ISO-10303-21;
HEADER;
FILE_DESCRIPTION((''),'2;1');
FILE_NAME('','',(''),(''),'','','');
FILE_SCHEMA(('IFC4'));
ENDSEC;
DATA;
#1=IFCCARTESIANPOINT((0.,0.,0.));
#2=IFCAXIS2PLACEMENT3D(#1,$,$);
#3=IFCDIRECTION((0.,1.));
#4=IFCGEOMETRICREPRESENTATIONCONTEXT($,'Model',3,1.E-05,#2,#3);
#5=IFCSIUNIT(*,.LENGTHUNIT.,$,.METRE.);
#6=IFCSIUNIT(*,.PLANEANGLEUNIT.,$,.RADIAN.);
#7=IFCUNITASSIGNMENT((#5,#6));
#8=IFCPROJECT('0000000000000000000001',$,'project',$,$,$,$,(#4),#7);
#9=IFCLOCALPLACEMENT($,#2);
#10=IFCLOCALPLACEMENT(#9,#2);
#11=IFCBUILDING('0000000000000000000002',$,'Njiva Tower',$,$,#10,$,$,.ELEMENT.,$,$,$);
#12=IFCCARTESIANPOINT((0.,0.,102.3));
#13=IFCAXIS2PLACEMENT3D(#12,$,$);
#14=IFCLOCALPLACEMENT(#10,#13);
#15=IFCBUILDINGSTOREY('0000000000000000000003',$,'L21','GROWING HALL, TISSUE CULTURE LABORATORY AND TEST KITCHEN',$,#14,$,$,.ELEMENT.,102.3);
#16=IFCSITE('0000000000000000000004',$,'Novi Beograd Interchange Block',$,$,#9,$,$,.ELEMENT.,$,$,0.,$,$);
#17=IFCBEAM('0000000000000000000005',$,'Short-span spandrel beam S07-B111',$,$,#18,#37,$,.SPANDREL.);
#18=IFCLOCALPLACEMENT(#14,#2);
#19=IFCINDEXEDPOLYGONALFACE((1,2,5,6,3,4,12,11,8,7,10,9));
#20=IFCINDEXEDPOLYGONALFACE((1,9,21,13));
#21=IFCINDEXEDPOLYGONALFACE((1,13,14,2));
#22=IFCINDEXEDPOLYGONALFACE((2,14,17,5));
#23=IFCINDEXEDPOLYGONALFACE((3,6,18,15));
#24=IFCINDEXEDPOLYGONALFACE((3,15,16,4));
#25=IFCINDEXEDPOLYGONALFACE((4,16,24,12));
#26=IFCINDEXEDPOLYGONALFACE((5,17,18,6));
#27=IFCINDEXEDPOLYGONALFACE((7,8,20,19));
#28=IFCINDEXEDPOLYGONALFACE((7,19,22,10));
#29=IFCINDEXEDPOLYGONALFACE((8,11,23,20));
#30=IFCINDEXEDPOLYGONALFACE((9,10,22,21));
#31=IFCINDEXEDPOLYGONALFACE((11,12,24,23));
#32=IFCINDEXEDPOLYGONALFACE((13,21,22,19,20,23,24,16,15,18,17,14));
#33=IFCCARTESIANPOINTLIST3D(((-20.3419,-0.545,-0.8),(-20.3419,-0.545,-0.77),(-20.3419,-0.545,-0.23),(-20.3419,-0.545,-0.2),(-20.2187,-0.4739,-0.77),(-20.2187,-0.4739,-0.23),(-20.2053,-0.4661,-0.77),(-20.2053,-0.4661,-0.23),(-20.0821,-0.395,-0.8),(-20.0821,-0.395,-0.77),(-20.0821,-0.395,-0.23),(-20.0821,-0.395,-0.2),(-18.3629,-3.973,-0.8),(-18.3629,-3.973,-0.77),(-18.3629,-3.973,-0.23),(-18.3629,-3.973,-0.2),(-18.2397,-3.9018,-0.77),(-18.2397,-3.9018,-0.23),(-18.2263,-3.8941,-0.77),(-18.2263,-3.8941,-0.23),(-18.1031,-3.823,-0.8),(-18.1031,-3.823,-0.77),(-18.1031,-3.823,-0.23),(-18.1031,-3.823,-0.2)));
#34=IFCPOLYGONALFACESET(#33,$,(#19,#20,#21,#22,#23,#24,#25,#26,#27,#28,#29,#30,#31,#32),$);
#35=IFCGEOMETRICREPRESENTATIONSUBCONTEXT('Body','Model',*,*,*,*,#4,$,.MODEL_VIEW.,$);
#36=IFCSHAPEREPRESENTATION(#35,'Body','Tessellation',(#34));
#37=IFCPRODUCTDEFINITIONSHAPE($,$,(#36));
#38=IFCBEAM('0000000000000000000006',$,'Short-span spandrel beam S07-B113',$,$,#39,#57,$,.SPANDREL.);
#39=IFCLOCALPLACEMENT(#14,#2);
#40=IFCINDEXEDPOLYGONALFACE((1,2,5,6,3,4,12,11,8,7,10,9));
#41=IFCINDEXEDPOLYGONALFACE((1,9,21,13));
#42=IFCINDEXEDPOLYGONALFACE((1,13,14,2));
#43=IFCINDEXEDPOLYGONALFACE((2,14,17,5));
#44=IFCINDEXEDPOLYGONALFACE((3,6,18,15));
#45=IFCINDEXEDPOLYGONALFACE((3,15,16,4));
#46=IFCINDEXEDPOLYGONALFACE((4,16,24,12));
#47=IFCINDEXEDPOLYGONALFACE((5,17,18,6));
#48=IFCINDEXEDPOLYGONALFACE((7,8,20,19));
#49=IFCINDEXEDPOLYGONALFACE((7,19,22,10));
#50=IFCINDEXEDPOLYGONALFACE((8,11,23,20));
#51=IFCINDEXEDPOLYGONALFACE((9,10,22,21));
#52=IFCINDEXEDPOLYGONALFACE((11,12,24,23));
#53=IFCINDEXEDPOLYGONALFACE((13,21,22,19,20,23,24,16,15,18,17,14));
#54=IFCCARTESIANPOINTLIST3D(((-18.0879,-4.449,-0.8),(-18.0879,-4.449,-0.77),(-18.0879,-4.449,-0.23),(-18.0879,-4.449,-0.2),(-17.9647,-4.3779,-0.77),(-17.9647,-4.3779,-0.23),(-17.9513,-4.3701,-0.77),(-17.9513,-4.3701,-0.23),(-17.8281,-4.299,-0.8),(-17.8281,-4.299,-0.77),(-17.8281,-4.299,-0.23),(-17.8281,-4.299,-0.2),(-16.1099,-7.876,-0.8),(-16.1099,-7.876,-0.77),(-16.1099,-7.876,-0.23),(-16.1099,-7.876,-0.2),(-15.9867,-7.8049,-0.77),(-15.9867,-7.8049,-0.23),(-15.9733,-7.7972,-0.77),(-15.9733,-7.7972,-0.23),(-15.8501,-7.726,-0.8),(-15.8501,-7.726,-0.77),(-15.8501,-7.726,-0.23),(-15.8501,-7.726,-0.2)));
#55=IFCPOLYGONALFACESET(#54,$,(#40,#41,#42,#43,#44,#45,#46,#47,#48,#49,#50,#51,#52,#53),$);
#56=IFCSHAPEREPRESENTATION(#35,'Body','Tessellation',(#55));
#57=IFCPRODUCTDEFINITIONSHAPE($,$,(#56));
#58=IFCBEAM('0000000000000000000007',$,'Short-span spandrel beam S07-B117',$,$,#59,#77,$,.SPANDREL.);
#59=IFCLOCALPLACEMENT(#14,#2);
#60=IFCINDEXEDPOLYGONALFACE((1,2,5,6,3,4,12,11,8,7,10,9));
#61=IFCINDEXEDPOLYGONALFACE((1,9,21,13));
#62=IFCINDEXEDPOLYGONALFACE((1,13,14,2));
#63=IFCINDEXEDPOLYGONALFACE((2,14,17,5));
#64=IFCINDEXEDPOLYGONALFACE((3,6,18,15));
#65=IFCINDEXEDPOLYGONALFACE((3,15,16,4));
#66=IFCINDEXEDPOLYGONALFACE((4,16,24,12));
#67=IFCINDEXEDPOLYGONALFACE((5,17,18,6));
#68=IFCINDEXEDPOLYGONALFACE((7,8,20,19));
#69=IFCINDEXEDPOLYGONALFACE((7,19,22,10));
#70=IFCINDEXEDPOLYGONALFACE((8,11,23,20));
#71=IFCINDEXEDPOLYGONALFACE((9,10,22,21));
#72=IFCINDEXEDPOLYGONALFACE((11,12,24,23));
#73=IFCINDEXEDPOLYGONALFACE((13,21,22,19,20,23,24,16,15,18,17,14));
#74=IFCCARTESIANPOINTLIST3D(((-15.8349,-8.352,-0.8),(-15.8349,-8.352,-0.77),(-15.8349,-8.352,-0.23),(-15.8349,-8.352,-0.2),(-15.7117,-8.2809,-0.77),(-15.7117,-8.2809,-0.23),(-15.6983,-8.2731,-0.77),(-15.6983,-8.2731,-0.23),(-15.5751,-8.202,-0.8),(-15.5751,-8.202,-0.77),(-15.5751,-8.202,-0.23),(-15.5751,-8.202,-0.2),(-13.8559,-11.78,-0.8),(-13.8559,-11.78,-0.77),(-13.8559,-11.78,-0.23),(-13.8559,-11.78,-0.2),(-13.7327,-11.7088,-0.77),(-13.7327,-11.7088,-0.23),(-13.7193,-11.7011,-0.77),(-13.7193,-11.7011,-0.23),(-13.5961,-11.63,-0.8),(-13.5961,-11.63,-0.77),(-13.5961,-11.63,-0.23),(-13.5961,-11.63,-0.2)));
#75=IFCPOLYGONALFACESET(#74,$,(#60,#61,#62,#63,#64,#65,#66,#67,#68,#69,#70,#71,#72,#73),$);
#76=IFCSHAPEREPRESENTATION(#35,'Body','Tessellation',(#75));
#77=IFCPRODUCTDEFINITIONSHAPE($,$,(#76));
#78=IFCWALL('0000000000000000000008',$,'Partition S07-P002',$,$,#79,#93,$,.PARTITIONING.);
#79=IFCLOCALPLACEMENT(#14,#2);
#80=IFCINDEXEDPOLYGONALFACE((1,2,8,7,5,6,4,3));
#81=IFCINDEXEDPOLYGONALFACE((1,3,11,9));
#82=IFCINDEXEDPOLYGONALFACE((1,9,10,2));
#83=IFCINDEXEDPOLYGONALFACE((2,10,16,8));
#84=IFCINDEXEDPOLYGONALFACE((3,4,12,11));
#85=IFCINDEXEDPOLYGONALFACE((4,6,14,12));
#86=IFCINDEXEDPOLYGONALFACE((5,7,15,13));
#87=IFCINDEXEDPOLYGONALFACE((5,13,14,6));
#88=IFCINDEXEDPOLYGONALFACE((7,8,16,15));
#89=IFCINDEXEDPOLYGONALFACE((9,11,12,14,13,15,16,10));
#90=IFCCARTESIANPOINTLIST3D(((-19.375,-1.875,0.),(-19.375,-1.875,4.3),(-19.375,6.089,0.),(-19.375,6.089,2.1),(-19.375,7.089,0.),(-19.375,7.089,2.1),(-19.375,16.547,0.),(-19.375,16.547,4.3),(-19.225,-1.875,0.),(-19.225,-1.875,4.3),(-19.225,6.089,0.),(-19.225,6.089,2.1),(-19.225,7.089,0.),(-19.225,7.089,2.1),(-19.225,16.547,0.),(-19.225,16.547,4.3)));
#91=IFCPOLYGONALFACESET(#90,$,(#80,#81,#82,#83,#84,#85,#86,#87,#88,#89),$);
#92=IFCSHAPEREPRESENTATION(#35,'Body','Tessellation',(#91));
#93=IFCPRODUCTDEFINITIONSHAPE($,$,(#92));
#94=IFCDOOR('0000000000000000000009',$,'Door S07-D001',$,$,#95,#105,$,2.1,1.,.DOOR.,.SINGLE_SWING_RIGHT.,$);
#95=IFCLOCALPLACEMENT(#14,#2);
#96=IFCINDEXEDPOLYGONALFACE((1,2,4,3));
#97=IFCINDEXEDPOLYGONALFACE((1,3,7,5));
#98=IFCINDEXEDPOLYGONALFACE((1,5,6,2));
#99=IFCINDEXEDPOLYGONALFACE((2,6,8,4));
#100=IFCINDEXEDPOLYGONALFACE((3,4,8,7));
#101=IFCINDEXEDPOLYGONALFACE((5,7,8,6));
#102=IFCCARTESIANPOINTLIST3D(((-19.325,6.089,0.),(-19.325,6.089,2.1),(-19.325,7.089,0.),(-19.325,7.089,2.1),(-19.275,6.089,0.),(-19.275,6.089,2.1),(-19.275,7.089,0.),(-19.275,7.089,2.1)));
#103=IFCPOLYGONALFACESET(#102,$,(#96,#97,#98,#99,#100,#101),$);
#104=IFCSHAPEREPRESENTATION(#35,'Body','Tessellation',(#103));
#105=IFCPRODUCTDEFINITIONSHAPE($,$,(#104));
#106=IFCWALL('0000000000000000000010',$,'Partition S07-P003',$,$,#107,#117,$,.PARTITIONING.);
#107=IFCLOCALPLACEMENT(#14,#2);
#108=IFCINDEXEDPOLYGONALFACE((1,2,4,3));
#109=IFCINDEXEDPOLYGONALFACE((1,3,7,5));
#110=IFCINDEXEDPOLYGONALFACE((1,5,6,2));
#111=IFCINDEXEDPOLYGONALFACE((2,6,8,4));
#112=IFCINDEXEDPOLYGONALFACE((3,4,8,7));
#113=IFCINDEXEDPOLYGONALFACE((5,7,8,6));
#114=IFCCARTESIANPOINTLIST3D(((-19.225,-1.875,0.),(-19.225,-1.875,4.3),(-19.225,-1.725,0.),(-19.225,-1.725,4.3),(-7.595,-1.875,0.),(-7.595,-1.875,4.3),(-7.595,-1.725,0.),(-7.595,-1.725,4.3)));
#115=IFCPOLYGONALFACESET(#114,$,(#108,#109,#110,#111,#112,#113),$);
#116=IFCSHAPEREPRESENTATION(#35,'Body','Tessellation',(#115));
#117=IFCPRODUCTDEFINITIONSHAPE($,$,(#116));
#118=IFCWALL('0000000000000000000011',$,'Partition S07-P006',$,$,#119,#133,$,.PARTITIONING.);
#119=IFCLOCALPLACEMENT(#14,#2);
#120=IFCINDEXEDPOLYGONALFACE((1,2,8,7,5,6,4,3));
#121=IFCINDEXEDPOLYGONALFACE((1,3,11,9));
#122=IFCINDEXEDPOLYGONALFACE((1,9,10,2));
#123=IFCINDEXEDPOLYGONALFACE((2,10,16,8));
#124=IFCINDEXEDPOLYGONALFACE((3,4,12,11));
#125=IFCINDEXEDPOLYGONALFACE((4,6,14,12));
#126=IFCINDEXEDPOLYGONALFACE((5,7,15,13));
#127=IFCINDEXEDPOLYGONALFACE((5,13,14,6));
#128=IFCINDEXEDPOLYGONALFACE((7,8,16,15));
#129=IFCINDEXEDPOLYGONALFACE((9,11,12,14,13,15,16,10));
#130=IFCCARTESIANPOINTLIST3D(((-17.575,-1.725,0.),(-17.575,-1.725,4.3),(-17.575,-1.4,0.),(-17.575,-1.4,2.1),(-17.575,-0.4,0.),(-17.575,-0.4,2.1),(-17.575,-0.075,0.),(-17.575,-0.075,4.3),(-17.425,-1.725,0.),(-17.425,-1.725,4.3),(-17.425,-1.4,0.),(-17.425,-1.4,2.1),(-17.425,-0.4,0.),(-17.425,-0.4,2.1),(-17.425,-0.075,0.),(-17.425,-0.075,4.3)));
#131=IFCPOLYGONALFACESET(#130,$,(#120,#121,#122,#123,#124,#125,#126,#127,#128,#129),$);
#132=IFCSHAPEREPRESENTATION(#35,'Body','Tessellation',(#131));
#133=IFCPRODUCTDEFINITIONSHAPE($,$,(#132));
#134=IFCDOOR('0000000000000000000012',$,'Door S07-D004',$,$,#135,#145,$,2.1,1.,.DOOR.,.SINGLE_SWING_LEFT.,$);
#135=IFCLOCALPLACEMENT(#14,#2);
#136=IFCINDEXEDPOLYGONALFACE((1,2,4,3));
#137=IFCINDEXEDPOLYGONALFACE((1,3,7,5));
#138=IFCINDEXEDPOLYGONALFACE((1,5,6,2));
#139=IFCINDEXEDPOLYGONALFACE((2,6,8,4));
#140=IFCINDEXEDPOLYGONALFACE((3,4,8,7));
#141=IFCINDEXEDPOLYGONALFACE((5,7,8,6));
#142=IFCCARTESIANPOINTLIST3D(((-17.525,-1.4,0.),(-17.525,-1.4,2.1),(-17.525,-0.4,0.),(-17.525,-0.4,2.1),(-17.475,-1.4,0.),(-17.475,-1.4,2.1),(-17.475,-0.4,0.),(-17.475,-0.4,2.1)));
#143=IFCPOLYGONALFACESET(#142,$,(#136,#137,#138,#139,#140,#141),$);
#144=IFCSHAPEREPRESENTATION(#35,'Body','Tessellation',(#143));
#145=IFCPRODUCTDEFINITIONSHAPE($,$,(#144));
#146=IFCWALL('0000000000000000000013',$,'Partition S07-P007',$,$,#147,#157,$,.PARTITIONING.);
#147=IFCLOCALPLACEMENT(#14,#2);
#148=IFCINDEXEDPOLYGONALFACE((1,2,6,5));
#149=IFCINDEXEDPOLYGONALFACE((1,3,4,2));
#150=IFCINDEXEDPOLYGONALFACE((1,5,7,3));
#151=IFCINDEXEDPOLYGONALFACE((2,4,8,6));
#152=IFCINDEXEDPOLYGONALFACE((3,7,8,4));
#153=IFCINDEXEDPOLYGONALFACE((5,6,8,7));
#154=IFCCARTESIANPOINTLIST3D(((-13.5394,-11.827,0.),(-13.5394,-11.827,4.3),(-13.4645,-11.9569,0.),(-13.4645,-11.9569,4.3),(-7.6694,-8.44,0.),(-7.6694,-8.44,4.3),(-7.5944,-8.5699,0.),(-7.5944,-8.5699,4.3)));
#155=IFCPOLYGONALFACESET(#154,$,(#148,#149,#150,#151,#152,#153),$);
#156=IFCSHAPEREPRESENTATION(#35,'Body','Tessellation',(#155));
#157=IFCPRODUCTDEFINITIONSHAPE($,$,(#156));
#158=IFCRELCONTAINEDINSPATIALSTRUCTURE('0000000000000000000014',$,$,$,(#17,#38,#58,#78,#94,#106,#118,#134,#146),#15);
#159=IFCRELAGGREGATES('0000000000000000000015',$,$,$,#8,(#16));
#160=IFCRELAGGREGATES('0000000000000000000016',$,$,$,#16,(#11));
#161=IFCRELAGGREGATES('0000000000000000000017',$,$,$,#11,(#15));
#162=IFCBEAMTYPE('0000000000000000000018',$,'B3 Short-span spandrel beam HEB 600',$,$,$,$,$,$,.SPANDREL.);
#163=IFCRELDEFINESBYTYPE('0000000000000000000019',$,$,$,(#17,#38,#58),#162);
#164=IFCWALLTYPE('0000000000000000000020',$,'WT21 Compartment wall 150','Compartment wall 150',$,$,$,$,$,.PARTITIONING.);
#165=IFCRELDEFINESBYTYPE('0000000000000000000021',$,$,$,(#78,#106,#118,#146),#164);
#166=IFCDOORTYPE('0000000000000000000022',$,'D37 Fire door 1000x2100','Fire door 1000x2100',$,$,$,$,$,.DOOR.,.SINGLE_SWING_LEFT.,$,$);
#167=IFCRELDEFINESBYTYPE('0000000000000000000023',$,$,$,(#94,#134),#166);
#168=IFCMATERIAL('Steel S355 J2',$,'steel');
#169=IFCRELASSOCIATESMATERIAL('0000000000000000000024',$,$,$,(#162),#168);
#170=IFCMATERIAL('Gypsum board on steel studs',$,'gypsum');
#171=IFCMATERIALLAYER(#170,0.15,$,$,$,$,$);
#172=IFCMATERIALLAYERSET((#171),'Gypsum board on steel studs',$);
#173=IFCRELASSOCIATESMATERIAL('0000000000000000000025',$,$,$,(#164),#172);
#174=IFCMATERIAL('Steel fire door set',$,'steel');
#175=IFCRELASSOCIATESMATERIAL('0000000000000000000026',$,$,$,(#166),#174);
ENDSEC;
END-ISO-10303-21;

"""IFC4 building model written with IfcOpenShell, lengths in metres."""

from ifc_helpers import new_model, si_unit, direction, frame, frame_2d, origin, origin_2d, place, context, subcontext, project, spatial, rectangle, i_section, extrude, material, layer, layer_set, material_profile, profile_set, type_object, element, fill, save


model = new_model("IFC4")

# Units and contexts
model_context = context("Model", 3, precision=1e-05, world=origin(), true_north=direction((0.0, 1.0)))
body_context = subcontext(model_context, "Body", "Model", "MODEL_VIEW")
ifc_project = project(units=[si_unit("LENGTHUNIT", "METRE"), si_unit("PLANEANGLEUNIT", "RADIAN")], contexts=[model_context])

# Site, building, storey
site_placement = place(None, origin())
site = spatial("IfcSite", under=ifc_project, at=site_placement, Name="Novi Beograd Interchange Block", CompositionType="ELEMENT", RefElevation=0.0)
building_placement = place(site_placement, origin())
building = spatial("IfcBuilding", under=site, at=building_placement, Name="Njiva Tower", CompositionType="ELEMENT")
storey_placement = place(building_placement, frame((0.0, 0.0, 102.3)))
storey = spatial("IfcBuildingStorey", under=building, at=storey_placement, Name="L21", Description="GROWING HALL, TISSUE CULTURE LABORATORY AND TEST KITCHEN", CompositionType="ELEMENT", Elevation=102.3)

# Shared definitions
ifc_material_1 = material(Name="Steel S355 J2", Category="steel")

# Beams
ifc_material_profile_1 = material_profile(ifc_material_1, i_section(OverallWidth=0.3, OverallDepth=0.6, WebThickness=0.0155, FlangeThickness=0.03, at=origin_2d()), Name="HEB 600")
ifc_profile_set_1 = profile_set([ifc_material_profile_1], Name="Steel S355 J2")
beam_type_1 = type_object("IfcBeamType", Name="B3 Short-span spandrel beam HEB 600", PredefinedType="SPANDREL", material=ifc_profile_set_1)
beam_1_placement = place(storey_placement, frame((-20.212, -0.47, -0.5), z_axis=(0.49997, -0.866043, 0.0), x_axis=(0.866043, 0.49997, 0.0)))
element("IfcBeam", 1, at=beam_1_placement, inside=storey, type_object=beam_type_1, Name="Short-span spandrel beam S07-B111", PredefinedType="SPANDREL", context=body_context, shape_type="SweptSolid", body=[
    extrude(i_section(OverallWidth=0.3, OverallDepth=0.6, WebThickness=0.0155, FlangeThickness=0.03, at=origin_2d()), origin(), (0.0, 0.0, 1.0), 3.9582),
])
beam_2_placement = place(storey_placement, frame((-17.958, -4.374, -0.5), z_axis=(0.49989, -0.866089, 0.0), x_axis=(0.866089, 0.49989, 0.0)))
element("IfcBeam", 2, at=beam_2_placement, inside=storey, type_object=beam_type_1, Name="Short-span spandrel beam S07-B113", PredefinedType="SPANDREL", context=body_context, shape_type="SweptSolid", body=[
    extrude(i_section(OverallWidth=0.3, OverallDepth=0.6, WebThickness=0.0155, FlangeThickness=0.03, at=origin_2d()), origin(), (0.0, 0.0, 1.0), 3.9569),
])
beam_3_placement = place(storey_placement, frame((-15.705, -8.277, -0.5), z_axis=(0.49997, -0.866043, 0.0), x_axis=(0.866043, 0.49997, 0.0)))
element("IfcBeam", 3, at=beam_3_placement, inside=storey, type_object=beam_type_1, Name="Short-span spandrel beam S07-B117", PredefinedType="SPANDREL", context=body_context, shape_type="SweptSolid", body=[
    extrude(i_section(OverallWidth=0.3, OverallDepth=0.6, WebThickness=0.0155, FlangeThickness=0.03, at=origin_2d()), origin(), (0.0, 0.0, 1.0), 3.9582),
])

# Wall, opening, door
ifc_material_2 = material(Name="Gypsum board on steel studs", Category="gypsum")
ifc_layer = layer(ifc_material_2, 0.15)
ifc_layer_set = layer_set([ifc_layer], Name="Gypsum board on steel studs")
wall_type = type_object("IfcWallType", Name="WT21 Compartment wall 150", Description="Compartment wall 150", PredefinedType="PARTITIONING", material=ifc_layer_set)
wall_1_placement = place(storey_placement, frame((-19.3, -1.875, 0.0), z_axis=(0.0, 0.0, 1.0), x_axis=(0.0, 1.0, 0.0)))
wall_1 = element("IfcWall", 4, at=wall_1_placement, inside=storey, type_object=wall_type, Name="Partition S07-P002", PredefinedType="PARTITIONING", context=body_context, shape_type="SweptSolid", body=[
    extrude(rectangle(XDim=18.422, YDim=0.15, at=frame_2d((9.211, 0.0))), origin(), (0.0, 0.0, 1.0), 4.3),
])
opening_1_placement = place(wall_1_placement, frame((7.964, 0.0, 0.0)))
opening_1 = element("IfcOpeningElement", 5, at=opening_1_placement, cuts=wall_1, PredefinedType="OPENING", context=body_context, shape_type="SweptSolid", body=[
    extrude(rectangle(XDim=1.0, YDim=2.1, at=frame_2d((0.5, 1.05))), frame((0.0, 0.085, 0.0), z_axis=(0.0, -1.0, 0.0), x_axis=(1.0, 0.0, 0.0)), (0.0, 0.0, 1.0), 0.17),
])
ifc_material_3 = material(Name="Steel fire door set", Category="steel")
door_type = type_object("IfcDoorType", Name="D37 Fire door 1000x2100", Description="Fire door 1000x2100", OperationType="SINGLE_SWING_LEFT", PredefinedType="DOOR", material=ifc_material_3)
door_1_placement = place(opening_1_placement, origin())
door_1 = element("IfcDoor", 6, at=door_1_placement, inside=storey, type_object=door_type, Name="Door S07-D001", OperationType="SINGLE_SWING_RIGHT", OverallHeight=2.1, OverallWidth=1.0, PredefinedType="DOOR", context=body_context, shape_type="SweptSolid", body=[
    extrude(rectangle(XDim=1.0, YDim=2.1, at=frame_2d((0.5, 1.05))), frame((0.0, 0.025, 0.0), z_axis=(0.0, -1.0, 0.0), x_axis=(1.0, 0.0, 0.0)), (0.0, 0.0, 1.0), 0.05),
])
fill(opening_1, door_1)

# Wall
wall_2_placement = place(storey_placement, frame((-19.225, -1.8, 0.0), z_axis=(0.0, 0.0, 1.0), x_axis=(1.0, 0.0, 0.0)))
element("IfcWall", 7, at=wall_2_placement, inside=storey, type_object=wall_type, Name="Partition S07-P003", PredefinedType="PARTITIONING", context=body_context, shape_type="SweptSolid", body=[
    extrude(rectangle(XDim=11.63, YDim=0.15, at=frame_2d((5.815, 0.0))), origin(), (0.0, 0.0, 1.0), 4.3),
])

# Wall, opening, door
wall_3_placement = place(storey_placement, frame((-17.5, -1.725, 0.0), z_axis=(0.0, 0.0, 1.0), x_axis=(0.0, 1.0, 0.0)))
wall_3 = element("IfcWall", 8, at=wall_3_placement, inside=storey, type_object=wall_type, Name="Partition S07-P006", PredefinedType="PARTITIONING", context=body_context, shape_type="SweptSolid", body=[
    extrude(rectangle(XDim=1.65, YDim=0.15, at=frame_2d((0.825, 0.0))), origin(), (0.0, 0.0, 1.0), 4.3),
])
opening_2_placement = place(wall_3_placement, frame((0.325, 0.0, 0.0)))
opening_2 = element("IfcOpeningElement", 9, at=opening_2_placement, cuts=wall_3, PredefinedType="OPENING", context=body_context, shape_type="SweptSolid", body=[
    extrude(rectangle(XDim=1.0, YDim=2.1, at=frame_2d((0.5, 1.05))), frame((0.0, 0.085, 0.0), z_axis=(0.0, -1.0, 0.0), x_axis=(1.0, 0.0, 0.0)), (0.0, 0.0, 1.0), 0.17),
])
door_2_placement = place(opening_2_placement, origin())
door_2 = element("IfcDoor", 10, at=door_2_placement, inside=storey, type_object=door_type, Name="Door S07-D004", OperationType="SINGLE_SWING_LEFT", OverallHeight=2.1, OverallWidth=1.0, PredefinedType="DOOR", context=body_context, shape_type="SweptSolid", body=[
    extrude(rectangle(XDim=1.0, YDim=2.1, at=frame_2d((0.5, 1.05))), frame((0.0, 0.025, 0.0), z_axis=(0.0, -1.0, 0.0), x_axis=(1.0, 0.0, 0.0)), (0.0, 0.0, 1.0), 0.05),
])
fill(opening_2, door_2)

# Wall
wall_4_placement = place(storey_placement, frame((-13.502, -11.892, 0.0), z_axis=(0.0, 0.0, 1.0), x_axis=(0.866156, 0.499774, 0.0)))
element("IfcWall", 11, at=wall_4_placement, inside=storey, type_object=wall_type, Name="Partition S07-P007", PredefinedType="PARTITIONING", context=body_context, shape_type="SweptSolid", body=[
    extrude(rectangle(XDim=6.7771, YDim=0.15, at=frame_2d((3.3886, 0.0))), origin(), (0.0, 0.0, 1.0), 4.3),
])

save(model, "model.ifc")
